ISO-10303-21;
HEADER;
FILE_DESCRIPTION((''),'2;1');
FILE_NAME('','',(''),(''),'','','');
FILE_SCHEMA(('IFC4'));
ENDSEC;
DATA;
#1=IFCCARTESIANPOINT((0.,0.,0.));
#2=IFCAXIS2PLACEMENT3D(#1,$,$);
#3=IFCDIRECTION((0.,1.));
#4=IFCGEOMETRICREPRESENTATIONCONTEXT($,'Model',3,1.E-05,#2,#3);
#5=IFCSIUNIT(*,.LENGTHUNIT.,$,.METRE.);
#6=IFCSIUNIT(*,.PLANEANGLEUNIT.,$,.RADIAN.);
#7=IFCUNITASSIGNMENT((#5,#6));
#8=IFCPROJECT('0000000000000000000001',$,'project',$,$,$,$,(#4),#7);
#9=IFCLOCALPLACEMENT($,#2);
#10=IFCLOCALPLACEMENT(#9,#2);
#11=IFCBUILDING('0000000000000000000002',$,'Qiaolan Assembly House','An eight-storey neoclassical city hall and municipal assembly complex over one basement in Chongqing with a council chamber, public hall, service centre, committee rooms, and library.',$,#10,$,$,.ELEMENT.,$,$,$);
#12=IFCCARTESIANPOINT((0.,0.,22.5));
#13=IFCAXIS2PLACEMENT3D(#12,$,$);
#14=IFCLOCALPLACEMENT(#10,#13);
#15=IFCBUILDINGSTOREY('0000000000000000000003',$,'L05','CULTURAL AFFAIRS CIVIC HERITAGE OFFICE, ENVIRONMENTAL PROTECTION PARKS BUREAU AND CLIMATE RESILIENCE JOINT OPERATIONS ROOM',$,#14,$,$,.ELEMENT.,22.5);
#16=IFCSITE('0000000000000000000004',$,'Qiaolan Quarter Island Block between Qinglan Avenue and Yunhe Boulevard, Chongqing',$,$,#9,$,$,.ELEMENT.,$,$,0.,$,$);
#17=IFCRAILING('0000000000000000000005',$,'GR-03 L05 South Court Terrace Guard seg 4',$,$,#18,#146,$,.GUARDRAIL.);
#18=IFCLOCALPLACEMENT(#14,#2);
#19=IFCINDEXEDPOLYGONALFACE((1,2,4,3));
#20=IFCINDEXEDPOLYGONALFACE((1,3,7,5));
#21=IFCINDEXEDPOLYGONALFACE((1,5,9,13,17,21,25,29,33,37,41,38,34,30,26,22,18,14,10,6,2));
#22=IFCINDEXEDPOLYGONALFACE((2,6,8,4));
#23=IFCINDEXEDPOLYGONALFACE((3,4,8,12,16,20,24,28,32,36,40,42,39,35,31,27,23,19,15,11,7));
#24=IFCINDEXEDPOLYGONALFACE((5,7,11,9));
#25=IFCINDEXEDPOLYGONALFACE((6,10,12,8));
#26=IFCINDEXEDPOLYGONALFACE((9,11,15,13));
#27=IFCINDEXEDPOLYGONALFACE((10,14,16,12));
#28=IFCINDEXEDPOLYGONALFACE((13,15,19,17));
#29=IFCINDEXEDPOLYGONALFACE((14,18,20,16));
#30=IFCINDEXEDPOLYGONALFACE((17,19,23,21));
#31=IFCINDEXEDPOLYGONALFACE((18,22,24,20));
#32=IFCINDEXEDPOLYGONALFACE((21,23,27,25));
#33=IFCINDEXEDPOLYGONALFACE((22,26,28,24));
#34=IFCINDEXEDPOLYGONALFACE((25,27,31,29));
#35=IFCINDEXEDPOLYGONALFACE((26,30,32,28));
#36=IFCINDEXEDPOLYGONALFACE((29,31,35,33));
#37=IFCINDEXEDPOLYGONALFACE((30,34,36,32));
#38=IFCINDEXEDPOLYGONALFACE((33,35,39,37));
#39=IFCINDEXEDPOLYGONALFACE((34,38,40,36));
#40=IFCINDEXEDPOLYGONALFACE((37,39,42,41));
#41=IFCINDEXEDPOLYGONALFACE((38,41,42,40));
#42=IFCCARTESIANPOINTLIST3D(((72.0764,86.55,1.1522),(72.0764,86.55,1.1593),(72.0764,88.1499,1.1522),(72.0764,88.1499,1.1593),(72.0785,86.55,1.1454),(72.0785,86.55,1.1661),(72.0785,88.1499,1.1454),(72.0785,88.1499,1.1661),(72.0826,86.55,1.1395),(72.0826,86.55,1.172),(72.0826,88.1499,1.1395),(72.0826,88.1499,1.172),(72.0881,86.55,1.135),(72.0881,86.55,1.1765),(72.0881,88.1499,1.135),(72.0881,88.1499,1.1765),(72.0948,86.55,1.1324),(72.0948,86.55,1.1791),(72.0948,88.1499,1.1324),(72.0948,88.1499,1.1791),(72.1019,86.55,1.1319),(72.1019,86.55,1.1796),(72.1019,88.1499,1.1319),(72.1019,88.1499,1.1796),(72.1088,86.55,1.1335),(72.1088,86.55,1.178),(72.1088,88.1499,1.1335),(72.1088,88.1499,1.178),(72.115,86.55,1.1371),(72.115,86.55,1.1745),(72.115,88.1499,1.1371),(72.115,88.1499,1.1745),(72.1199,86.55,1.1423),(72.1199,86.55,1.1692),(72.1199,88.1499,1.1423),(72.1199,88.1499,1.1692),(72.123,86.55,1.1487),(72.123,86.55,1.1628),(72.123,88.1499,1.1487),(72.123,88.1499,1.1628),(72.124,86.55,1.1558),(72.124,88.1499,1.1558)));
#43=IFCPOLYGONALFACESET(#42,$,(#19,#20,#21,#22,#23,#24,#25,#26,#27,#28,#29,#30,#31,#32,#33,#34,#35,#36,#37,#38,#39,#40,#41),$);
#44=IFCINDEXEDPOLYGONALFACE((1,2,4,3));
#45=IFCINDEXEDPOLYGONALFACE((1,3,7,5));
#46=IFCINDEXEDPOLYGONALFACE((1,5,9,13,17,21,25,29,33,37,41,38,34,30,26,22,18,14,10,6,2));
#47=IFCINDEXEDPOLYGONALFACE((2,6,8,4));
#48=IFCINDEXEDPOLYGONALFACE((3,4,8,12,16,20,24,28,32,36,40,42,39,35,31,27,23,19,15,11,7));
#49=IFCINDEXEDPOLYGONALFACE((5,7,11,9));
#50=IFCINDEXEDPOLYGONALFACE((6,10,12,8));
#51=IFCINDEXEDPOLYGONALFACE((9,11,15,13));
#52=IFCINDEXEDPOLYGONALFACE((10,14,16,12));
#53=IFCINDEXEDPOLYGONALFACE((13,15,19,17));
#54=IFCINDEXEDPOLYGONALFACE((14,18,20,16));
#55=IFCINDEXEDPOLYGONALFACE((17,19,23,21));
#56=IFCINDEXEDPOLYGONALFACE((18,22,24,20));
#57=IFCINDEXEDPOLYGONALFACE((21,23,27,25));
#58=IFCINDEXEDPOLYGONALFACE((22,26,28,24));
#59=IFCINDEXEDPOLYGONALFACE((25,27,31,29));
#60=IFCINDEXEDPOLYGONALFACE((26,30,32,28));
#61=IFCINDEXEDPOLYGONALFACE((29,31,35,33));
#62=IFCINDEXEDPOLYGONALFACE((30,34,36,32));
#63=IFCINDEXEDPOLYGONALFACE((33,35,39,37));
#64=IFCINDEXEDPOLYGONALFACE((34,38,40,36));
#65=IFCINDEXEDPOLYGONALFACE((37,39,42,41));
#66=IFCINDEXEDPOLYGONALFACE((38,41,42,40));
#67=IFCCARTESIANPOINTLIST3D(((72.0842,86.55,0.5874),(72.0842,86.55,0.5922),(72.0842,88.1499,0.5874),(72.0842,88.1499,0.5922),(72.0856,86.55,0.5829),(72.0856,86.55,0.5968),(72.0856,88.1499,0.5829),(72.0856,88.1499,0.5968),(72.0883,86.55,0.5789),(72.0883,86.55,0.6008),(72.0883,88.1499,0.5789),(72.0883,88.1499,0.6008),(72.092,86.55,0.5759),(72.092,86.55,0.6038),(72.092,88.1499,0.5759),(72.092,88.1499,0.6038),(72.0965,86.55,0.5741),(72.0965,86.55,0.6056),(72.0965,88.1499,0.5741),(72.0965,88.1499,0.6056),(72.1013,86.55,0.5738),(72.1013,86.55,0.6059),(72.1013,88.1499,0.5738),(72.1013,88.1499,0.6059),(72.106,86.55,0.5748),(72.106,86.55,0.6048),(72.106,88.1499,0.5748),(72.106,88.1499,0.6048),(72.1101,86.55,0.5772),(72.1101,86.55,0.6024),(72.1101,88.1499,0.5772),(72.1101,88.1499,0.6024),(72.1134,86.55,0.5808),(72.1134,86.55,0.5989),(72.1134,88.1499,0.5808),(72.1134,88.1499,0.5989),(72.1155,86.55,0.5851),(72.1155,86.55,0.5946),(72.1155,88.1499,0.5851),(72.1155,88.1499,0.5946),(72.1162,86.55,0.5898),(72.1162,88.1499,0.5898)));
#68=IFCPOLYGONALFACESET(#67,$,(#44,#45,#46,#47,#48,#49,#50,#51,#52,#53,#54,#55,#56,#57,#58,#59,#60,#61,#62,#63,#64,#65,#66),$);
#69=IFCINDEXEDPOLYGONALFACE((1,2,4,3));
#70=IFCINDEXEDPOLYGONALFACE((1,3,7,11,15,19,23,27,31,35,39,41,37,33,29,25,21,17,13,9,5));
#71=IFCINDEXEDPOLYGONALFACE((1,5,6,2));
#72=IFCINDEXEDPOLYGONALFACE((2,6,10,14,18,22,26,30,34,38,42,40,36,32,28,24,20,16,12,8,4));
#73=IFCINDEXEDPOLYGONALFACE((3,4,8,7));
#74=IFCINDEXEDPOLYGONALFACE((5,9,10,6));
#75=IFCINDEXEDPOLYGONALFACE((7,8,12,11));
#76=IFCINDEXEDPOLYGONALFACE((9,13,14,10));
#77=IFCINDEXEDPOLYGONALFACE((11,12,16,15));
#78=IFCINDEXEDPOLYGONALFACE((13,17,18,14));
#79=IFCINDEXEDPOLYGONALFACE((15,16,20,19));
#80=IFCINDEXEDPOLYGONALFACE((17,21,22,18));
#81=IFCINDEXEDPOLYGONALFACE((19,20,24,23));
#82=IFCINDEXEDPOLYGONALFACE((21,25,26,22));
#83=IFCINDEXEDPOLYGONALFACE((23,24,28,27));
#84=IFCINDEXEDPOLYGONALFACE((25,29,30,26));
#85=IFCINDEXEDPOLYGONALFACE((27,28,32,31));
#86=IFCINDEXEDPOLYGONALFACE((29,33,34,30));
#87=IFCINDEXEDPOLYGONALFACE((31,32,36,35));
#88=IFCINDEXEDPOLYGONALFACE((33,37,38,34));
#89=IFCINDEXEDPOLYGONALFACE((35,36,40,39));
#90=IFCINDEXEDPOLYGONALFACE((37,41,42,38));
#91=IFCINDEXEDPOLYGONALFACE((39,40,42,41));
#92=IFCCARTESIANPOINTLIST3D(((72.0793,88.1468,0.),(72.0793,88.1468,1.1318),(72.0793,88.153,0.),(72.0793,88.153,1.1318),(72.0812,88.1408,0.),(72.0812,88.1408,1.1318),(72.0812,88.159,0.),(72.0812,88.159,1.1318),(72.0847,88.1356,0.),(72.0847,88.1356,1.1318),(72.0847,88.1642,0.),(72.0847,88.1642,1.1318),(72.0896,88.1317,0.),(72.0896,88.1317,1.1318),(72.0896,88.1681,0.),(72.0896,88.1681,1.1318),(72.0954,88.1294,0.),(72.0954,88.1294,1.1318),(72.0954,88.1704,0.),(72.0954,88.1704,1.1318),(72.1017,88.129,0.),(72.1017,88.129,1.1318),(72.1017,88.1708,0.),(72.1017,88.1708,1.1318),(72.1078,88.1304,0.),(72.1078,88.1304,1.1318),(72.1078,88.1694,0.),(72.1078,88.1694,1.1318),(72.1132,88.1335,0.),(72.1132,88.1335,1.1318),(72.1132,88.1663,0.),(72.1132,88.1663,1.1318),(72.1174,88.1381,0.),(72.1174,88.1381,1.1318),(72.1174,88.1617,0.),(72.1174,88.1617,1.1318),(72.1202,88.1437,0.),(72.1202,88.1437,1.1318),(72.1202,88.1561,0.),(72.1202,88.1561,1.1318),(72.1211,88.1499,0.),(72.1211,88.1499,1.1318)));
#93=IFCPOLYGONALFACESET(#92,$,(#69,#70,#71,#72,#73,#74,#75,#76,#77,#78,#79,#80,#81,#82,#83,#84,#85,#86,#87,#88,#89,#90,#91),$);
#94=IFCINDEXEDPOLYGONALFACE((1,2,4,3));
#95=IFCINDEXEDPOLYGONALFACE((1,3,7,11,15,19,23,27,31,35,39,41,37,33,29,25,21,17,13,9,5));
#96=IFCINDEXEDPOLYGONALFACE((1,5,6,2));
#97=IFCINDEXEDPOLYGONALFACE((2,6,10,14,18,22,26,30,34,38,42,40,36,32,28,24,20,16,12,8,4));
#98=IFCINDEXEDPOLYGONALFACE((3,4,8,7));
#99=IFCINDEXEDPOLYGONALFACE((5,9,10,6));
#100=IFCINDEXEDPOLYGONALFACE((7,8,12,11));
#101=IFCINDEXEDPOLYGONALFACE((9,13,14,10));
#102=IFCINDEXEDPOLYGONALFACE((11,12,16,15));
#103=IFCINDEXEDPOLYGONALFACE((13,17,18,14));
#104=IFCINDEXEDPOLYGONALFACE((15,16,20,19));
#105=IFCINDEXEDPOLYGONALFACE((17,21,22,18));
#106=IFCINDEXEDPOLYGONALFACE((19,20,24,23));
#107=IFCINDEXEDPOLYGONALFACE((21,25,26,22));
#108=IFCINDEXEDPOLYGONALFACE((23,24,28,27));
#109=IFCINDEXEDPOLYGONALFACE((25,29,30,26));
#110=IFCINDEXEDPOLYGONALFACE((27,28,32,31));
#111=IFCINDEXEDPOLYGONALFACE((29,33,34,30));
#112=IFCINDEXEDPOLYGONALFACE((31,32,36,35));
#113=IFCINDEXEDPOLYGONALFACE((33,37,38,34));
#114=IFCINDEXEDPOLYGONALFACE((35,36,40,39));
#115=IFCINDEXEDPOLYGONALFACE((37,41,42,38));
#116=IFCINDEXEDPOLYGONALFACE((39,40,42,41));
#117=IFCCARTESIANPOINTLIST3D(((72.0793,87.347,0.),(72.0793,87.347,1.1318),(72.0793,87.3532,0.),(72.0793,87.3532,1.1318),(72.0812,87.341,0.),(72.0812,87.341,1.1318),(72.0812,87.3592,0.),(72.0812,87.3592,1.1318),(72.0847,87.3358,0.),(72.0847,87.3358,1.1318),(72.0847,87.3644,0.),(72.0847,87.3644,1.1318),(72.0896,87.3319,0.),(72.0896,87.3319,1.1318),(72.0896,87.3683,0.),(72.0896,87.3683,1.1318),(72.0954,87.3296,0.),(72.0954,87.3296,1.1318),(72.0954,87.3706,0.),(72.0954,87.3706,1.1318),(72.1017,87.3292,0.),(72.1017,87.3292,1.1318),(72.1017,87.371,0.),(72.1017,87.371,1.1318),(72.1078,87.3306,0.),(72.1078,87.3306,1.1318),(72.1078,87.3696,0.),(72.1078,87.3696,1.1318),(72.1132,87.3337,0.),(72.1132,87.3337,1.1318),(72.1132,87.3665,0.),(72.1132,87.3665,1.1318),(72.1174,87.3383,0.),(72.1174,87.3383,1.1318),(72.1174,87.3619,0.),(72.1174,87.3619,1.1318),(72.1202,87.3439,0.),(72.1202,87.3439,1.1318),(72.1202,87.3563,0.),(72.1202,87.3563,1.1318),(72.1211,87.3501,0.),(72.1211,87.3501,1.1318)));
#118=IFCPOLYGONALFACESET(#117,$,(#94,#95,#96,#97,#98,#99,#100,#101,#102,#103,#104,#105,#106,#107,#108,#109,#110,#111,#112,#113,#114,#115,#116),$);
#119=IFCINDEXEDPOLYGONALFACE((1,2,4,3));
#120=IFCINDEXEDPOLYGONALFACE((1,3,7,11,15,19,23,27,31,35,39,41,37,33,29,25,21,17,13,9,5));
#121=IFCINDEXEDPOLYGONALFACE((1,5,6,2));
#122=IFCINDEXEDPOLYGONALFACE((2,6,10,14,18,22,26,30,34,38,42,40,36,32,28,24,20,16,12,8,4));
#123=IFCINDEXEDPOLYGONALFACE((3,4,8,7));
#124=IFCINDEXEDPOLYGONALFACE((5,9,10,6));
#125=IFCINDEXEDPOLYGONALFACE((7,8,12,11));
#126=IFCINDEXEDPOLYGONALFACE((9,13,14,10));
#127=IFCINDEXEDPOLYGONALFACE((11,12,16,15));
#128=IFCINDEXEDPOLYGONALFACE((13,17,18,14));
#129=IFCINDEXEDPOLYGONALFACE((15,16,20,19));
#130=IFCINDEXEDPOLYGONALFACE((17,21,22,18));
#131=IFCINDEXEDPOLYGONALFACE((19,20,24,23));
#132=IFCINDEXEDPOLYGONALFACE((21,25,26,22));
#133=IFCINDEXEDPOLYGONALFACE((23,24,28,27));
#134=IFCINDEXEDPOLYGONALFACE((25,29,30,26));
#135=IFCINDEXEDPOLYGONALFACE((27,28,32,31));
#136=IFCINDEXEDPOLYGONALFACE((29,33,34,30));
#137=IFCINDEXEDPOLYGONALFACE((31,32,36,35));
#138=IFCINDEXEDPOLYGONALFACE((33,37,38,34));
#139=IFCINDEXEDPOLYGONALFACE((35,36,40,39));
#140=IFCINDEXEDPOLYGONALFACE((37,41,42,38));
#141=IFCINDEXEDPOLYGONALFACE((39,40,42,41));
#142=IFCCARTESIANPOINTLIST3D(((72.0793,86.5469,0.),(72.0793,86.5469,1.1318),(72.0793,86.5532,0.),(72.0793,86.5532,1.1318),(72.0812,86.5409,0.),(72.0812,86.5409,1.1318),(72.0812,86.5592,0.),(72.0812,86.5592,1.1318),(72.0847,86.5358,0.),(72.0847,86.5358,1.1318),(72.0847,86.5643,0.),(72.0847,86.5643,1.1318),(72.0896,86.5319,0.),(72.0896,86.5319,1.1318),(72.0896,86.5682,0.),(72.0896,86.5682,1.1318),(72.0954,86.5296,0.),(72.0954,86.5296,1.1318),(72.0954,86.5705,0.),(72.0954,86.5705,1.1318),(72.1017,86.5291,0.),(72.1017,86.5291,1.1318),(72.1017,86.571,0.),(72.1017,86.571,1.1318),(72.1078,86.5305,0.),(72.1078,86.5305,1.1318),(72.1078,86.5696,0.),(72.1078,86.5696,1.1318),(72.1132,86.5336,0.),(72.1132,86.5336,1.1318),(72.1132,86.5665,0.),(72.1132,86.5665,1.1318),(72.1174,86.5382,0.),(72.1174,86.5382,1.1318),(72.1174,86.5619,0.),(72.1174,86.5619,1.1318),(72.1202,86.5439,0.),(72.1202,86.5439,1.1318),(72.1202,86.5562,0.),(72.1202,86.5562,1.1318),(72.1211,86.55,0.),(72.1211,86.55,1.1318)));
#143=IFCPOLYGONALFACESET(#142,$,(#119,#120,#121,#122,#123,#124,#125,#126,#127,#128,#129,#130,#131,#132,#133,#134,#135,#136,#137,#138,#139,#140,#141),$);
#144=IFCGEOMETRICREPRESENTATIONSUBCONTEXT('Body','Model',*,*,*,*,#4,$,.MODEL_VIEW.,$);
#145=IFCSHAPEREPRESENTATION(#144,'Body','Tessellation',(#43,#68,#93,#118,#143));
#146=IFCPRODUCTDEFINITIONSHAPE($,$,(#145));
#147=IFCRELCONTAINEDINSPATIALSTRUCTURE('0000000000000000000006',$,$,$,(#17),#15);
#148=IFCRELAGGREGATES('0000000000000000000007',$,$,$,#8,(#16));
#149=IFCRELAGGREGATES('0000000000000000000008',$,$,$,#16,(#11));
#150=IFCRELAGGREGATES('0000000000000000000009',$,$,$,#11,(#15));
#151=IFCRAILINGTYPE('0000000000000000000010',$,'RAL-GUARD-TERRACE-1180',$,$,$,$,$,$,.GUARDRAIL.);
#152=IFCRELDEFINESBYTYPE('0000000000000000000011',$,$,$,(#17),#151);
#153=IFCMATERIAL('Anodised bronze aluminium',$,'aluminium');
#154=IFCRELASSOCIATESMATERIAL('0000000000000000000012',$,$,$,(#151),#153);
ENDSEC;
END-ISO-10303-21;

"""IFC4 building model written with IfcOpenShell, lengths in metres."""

from ifc_helpers import new_model, si_unit, direction, frame, origin, origin_2d, place, context, subcontext, project, spatial, circle, extrude, material, type_object, element, save


model = new_model("IFC4")

# Units and contexts
model_context = context("Model", 3, precision=1e-05, world=origin(), true_north=direction((0.0, 1.0)))
body_context = subcontext(model_context, "Body", "Model", "MODEL_VIEW")
ifc_project = project(units=[si_unit("LENGTHUNIT", "METRE"), si_unit("PLANEANGLEUNIT", "RADIAN")], contexts=[model_context])

# Site, building, storey
site_placement = place(None, origin())
site = spatial("IfcSite", under=ifc_project, at=site_placement, Name="Qiaolan Quarter Island Block between Qinglan Avenue and Yunhe Boulevard, Chongqing", CompositionType="ELEMENT", RefElevation=0.0)
building_placement = place(site_placement, origin())
building = spatial("IfcBuilding", under=site, at=building_placement, Name="Qiaolan Assembly House", Description="An eight-storey neoclassical city hall and municipal assembly complex over one basement in Chongqing with a council chamber, public hall, service centre, committee rooms, and library.", CompositionType="ELEMENT")
storey_placement = place(building_placement, frame((0.0, 0.0, 22.5)))
storey = spatial("IfcBuildingStorey", under=building, at=storey_placement, Name="L05", Description="CULTURAL AFFAIRS CIVIC HERITAGE OFFICE, ENVIRONMENTAL PROTECTION PARKS BUREAU AND CLIMATE RESILIENCE JOINT OPERATIONS ROOM", CompositionType="ELEMENT", Elevation=22.5)

# Shared definitions
ifc_material_1 = material(Name="Anodised bronze aluminium", Category="aluminium")

# Railing
railing_type_1 = type_object("IfcRailingType", Name="RAL-GUARD-TERRACE-1180", PredefinedType="GUARDRAIL", material=ifc_material_1)
railing_1_placement = place(storey_placement, frame((72.1001, 88.1499, 0.0)))
element("IfcRailing", 1, at=railing_1_placement, inside=storey, type_object=railing_type_1, Name="GR-03 L05 South Court Terrace Guard seg 4", PredefinedType="GUARDRAIL", context=body_context, shape_type="SweptSolid", body=[
    extrude(circle(Radius=0.0239, at=origin_2d()), frame((0.0, 0.0, 1.1558), z_axis=(0.0, -1.0, 0.0), x_axis=(1.0, 0.0, 0.0)), (0.0, 0.0, 1.0), 1.5999),
    extrude(circle(Radius=0.0161, at=origin_2d()), frame((0.0, 0.0, 0.5898), z_axis=(0.0, -1.0, 0.0), x_axis=(1.0, 0.0, 0.0)), (0.0, 0.0, 1.0), 1.5999),
    extrude(circle(Radius=0.021, at=origin_2d()), origin(), (0.0, 0.0, 1.0), 1.1318),
    extrude(circle(Radius=0.021, at=origin_2d()), frame((0.0, -0.7998, 0.0)), (0.0, 0.0, 1.0), 1.1318),
    extrude(circle(Radius=0.021, at=origin_2d()), frame((0.0, -1.5999, 0.0)), (0.0, 0.0, 1.0), 1.1318),
])

save(model, "model.ifc")
